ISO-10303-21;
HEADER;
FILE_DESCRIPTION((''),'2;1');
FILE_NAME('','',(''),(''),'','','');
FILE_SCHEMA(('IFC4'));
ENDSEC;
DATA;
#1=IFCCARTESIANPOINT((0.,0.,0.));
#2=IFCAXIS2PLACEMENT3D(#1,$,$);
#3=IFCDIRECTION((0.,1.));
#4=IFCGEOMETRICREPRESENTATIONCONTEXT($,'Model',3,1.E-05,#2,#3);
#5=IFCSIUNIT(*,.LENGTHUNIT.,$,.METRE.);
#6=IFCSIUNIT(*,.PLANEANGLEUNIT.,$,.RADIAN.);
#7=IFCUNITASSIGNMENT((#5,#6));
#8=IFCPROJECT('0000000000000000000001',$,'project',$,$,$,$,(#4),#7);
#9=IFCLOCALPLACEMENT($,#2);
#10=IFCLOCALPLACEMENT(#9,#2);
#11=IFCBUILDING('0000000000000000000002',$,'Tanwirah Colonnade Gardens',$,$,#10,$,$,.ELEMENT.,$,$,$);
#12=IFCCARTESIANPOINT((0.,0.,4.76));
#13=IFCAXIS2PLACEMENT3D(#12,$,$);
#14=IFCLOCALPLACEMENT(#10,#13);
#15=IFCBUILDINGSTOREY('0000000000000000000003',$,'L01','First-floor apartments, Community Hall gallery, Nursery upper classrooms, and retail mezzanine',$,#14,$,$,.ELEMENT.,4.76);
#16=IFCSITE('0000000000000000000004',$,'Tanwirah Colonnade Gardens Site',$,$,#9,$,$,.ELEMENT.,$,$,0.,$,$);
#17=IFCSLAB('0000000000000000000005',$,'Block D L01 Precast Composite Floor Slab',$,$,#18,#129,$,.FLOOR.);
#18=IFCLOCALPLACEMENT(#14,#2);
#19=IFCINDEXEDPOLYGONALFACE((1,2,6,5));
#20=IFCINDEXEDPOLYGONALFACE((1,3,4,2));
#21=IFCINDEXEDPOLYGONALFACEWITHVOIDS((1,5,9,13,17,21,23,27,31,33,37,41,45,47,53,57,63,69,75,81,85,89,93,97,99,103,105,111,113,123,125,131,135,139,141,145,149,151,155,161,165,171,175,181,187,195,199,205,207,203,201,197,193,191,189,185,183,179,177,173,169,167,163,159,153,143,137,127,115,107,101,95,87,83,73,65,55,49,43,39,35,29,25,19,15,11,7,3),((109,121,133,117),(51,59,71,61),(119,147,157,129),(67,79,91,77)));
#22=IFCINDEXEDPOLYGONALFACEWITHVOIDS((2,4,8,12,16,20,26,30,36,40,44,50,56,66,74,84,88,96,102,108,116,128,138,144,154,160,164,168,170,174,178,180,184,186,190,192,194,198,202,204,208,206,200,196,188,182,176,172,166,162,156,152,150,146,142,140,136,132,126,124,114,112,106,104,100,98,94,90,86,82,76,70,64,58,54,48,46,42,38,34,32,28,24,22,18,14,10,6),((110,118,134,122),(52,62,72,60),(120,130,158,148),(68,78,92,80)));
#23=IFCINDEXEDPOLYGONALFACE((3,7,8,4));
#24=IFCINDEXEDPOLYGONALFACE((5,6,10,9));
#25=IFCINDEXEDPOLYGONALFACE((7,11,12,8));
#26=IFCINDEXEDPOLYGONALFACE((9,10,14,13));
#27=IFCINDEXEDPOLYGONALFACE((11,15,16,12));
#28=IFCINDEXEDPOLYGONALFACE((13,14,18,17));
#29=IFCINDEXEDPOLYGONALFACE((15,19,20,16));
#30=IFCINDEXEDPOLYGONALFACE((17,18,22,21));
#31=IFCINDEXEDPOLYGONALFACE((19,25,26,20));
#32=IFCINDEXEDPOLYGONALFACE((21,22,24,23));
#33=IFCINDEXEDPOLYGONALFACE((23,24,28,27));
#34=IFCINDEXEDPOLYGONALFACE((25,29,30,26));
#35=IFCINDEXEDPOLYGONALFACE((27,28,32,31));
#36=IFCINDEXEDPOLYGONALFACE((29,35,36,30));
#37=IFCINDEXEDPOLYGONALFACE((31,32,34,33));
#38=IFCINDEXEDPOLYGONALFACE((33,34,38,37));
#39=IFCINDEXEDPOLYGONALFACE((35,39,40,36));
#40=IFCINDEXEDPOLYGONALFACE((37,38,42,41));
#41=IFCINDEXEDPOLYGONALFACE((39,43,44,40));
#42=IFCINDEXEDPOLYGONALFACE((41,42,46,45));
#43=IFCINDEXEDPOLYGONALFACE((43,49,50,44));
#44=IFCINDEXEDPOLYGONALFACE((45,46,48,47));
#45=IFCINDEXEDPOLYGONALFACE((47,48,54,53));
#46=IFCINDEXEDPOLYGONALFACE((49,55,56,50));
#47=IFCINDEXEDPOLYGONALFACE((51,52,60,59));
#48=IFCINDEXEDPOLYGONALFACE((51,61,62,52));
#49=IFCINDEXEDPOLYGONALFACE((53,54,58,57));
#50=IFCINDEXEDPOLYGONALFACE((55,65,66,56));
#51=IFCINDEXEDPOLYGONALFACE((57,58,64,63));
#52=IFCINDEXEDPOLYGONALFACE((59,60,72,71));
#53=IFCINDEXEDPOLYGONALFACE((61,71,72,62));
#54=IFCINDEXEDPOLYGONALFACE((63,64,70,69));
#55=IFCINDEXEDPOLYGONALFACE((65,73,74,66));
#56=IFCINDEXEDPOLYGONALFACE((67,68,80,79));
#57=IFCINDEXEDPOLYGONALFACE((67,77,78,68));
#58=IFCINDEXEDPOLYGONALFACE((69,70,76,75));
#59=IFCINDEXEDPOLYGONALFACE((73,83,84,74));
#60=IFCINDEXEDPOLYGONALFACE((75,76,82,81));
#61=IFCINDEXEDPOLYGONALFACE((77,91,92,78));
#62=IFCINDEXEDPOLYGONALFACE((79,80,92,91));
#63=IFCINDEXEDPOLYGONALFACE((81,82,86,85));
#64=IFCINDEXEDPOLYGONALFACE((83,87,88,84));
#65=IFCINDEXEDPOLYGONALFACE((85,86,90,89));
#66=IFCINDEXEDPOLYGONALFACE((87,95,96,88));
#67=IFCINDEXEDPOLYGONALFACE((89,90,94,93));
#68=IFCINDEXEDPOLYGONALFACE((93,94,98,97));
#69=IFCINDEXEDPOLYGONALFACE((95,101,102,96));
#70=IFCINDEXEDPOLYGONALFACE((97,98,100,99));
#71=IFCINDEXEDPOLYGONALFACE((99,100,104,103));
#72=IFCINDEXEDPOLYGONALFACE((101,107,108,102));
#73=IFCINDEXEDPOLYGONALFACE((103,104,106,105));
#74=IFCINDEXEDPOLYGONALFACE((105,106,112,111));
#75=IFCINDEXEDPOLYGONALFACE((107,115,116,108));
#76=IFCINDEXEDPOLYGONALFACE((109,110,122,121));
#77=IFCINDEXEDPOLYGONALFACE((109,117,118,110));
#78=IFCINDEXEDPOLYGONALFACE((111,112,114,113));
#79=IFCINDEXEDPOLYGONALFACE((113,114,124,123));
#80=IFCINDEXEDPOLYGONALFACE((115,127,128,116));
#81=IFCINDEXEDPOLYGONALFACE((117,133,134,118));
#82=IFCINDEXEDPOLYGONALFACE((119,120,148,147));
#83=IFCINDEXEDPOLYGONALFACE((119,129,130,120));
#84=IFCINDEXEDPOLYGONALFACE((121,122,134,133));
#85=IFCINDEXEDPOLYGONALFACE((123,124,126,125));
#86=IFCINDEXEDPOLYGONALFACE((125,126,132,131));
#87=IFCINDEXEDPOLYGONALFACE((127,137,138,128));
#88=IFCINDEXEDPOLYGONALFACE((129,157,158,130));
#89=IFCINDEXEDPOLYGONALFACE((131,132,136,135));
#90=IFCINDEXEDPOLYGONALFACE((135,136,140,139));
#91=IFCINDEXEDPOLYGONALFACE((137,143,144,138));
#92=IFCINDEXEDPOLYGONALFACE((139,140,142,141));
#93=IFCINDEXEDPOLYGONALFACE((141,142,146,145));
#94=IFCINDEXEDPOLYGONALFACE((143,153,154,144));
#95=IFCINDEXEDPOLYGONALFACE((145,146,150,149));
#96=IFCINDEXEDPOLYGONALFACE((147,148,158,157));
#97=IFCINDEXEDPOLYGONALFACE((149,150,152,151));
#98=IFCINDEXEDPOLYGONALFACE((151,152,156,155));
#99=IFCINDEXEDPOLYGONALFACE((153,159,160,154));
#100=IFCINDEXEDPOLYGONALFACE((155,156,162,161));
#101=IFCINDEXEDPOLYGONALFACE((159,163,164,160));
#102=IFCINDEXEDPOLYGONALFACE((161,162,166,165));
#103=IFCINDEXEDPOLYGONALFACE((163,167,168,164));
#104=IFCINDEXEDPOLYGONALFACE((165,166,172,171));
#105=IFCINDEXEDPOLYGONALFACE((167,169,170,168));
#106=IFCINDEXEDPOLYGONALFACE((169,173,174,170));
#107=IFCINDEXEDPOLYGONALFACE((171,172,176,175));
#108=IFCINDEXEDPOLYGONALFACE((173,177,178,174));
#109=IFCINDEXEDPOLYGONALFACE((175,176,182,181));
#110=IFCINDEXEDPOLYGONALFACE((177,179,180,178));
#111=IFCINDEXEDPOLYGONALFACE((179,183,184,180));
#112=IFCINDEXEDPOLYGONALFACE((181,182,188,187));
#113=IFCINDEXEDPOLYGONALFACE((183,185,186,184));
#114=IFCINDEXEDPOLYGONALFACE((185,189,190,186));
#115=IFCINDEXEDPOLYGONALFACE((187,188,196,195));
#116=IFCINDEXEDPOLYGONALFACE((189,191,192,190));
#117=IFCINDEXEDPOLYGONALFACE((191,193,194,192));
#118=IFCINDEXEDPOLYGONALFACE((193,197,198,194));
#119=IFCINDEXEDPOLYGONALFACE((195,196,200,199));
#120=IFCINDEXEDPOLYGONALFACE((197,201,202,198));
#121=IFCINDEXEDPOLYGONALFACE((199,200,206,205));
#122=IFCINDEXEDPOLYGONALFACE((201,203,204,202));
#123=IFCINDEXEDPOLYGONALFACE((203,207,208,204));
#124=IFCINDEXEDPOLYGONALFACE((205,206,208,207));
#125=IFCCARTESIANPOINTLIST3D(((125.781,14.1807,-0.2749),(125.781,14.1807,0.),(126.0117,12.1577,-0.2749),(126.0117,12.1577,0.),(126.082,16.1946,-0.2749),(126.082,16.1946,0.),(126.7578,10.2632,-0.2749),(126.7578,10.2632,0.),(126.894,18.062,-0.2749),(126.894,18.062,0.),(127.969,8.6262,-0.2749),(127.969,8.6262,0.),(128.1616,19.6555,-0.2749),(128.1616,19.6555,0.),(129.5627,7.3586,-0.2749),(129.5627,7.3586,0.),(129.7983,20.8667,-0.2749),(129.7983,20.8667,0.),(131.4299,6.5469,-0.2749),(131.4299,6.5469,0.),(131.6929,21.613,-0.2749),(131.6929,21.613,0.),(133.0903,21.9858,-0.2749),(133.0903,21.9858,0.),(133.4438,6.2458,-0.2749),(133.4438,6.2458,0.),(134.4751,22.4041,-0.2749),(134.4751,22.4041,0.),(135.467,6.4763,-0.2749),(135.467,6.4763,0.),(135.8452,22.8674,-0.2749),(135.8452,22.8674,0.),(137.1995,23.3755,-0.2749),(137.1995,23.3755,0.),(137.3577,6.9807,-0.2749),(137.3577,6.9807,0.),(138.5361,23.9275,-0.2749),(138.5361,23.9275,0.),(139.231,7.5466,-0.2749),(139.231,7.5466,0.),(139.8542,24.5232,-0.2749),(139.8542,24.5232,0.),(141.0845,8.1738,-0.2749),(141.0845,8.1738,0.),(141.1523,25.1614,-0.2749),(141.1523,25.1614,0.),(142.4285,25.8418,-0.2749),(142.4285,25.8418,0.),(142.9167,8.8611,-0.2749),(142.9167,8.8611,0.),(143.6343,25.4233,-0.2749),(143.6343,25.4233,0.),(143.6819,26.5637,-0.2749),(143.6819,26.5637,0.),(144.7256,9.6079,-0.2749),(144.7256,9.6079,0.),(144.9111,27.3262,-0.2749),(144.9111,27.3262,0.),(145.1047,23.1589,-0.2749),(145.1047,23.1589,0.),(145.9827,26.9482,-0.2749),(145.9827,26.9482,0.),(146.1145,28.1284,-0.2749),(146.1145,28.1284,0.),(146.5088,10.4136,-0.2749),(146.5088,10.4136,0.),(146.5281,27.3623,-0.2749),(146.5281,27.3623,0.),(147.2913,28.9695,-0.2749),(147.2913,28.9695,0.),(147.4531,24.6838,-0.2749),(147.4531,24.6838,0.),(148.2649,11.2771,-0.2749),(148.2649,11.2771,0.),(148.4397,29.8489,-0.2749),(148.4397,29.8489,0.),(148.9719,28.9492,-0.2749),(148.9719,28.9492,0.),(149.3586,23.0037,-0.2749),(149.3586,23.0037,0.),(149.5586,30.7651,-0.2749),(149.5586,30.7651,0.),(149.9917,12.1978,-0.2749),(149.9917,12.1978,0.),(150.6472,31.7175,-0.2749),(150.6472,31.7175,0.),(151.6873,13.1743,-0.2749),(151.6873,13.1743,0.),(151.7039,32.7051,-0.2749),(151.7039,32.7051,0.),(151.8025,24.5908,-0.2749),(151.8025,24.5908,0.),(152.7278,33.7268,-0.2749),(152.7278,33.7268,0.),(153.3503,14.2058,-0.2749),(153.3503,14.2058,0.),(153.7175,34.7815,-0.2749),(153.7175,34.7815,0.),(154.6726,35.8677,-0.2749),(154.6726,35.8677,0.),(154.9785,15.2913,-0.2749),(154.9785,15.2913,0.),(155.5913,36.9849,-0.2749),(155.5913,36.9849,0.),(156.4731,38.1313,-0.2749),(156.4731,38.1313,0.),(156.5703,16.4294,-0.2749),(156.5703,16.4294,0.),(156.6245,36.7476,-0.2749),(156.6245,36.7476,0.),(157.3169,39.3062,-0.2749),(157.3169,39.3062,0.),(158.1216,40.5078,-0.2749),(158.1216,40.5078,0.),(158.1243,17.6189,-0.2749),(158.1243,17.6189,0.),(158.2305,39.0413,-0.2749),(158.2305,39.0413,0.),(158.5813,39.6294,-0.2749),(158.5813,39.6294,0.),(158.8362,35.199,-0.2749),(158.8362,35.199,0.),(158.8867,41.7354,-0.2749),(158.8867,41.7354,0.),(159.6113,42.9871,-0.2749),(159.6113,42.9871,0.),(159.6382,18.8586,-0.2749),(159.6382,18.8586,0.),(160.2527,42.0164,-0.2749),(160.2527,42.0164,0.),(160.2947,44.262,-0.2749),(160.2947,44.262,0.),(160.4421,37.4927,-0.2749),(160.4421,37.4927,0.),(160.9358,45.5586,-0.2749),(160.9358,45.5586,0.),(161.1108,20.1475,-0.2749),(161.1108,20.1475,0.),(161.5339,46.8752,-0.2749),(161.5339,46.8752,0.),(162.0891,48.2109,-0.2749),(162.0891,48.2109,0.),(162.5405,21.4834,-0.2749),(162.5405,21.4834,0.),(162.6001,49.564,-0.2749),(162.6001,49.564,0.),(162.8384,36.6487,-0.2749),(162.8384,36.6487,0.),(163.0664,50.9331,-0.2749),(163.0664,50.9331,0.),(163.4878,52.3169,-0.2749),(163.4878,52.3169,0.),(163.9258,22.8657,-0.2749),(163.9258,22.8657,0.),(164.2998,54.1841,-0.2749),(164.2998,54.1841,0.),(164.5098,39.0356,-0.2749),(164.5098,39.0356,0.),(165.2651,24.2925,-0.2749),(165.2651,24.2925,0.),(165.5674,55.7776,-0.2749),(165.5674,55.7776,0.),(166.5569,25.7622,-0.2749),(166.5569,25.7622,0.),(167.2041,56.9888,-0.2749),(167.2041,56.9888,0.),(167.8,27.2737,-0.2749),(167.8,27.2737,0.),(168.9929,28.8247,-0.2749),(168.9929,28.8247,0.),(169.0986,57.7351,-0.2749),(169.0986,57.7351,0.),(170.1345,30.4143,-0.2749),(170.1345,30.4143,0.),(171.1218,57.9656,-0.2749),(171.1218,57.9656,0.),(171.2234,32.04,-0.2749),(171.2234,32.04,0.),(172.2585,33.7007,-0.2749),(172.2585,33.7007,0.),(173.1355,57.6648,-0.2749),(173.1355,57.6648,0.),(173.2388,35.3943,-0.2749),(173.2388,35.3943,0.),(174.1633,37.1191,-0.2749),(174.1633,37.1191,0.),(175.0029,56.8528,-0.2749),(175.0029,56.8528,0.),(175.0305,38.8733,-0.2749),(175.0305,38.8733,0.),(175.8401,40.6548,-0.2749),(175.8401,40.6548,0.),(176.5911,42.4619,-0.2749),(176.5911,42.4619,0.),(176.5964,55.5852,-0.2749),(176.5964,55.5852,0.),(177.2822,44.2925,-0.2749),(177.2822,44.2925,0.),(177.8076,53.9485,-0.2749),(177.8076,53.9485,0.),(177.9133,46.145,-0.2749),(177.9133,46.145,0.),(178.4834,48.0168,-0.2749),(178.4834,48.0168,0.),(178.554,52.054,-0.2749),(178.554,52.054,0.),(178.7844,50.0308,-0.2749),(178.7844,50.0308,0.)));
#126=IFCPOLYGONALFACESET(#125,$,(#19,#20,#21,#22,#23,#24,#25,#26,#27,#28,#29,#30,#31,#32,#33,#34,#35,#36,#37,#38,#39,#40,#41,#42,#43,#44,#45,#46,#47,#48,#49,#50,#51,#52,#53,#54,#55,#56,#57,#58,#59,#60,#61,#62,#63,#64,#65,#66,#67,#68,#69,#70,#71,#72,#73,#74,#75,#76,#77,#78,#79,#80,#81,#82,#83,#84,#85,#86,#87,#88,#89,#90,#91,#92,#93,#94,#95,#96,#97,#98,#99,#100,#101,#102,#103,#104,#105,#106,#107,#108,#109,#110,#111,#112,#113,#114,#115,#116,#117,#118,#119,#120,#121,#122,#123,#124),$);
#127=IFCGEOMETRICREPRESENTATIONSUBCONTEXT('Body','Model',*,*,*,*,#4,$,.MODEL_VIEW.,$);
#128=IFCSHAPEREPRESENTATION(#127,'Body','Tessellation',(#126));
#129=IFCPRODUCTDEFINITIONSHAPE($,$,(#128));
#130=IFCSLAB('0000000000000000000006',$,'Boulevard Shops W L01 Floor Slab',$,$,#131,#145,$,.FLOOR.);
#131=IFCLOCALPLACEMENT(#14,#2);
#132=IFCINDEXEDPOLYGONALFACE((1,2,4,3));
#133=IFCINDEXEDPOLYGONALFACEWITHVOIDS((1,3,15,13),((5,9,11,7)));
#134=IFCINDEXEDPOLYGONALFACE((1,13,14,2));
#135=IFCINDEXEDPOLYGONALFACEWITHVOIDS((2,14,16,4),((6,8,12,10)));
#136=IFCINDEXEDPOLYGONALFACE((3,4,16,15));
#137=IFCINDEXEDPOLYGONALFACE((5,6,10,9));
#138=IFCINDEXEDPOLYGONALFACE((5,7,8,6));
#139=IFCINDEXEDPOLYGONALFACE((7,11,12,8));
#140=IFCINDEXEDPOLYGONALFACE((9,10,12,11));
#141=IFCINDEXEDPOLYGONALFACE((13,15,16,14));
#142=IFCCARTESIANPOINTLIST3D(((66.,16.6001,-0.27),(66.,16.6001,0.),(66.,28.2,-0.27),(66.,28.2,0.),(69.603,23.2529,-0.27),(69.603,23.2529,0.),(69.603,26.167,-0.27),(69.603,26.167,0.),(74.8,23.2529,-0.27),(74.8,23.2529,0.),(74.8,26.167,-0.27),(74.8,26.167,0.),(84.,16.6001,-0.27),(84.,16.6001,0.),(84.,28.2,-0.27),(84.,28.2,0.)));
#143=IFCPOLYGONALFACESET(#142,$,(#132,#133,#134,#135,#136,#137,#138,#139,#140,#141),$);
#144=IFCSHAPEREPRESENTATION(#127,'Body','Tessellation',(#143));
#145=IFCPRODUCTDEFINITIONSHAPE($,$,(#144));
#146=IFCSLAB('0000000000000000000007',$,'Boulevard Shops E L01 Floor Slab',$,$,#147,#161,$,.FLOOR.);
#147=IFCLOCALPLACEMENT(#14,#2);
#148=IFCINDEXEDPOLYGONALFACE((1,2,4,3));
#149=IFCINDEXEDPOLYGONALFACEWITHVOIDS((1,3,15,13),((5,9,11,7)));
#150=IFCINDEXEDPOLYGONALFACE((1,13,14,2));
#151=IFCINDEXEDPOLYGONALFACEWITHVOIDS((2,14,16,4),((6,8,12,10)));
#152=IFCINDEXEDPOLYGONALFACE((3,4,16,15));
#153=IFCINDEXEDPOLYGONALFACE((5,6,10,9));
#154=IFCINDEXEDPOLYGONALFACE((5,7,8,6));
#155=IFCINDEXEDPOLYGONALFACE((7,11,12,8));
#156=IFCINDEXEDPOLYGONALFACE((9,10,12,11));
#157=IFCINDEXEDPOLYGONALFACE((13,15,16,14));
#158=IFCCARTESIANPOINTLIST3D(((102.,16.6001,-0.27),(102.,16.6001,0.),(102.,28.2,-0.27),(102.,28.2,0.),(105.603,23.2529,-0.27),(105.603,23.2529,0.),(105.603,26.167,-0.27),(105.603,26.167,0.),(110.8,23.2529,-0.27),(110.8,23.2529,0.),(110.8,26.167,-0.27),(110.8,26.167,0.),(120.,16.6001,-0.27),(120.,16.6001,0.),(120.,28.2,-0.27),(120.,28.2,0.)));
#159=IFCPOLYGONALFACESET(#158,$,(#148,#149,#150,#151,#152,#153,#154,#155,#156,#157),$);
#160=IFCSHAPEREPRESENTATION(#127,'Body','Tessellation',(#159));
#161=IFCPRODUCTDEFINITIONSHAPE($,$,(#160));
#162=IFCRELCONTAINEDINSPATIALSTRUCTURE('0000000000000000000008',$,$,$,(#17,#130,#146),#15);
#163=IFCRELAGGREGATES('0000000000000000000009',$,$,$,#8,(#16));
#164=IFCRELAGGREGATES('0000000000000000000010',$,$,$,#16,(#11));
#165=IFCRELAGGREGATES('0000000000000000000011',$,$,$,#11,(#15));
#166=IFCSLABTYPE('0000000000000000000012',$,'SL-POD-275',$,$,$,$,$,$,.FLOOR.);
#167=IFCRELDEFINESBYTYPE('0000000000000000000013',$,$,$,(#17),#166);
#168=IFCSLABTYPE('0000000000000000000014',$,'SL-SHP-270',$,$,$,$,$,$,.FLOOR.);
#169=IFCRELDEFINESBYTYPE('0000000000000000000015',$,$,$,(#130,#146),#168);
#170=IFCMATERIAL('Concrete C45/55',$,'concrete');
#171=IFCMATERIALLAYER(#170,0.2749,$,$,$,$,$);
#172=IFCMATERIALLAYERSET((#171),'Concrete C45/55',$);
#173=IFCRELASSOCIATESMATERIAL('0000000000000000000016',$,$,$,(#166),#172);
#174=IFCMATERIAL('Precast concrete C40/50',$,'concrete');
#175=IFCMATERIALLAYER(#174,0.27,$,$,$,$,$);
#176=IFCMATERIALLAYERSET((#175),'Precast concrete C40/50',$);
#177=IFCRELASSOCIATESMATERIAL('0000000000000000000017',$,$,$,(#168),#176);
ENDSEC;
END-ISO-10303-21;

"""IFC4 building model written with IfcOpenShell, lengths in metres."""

from ifc_helpers import new_model, si_unit, direction, frame, origin, place, context, subcontext, project, spatial, polyline, outline, extrude, material, layer, layer_set, type_object, element, save


model = new_model("IFC4")

# Units and contexts
model_context = context("Model", 3, precision=1e-05, world=origin(), true_north=direction((0.0, 1.0)))
body_context = subcontext(model_context, "Body", "Model", "MODEL_VIEW")
ifc_project = project(units=[si_unit("LENGTHUNIT", "METRE"), si_unit("PLANEANGLEUNIT", "RADIAN")], contexts=[model_context])

# Site, building, storey
site_placement = place(None, origin())
site = spatial("IfcSite", under=ifc_project, at=site_placement, Name="Tanwirah Colonnade Gardens Site", CompositionType="ELEMENT", RefElevation=0.0)
building_placement = place(site_placement, origin())
building = spatial("IfcBuilding", under=site, at=building_placement, Name="Tanwirah Colonnade Gardens", CompositionType="ELEMENT")
storey_placement = place(building_placement, frame((0.0, 0.0, 4.76)))
storey = spatial("IfcBuildingStorey", under=building, at=storey_placement, Name="L01", Description="First-floor apartments, Community Hall gallery, Nursery upper classrooms, and retail mezzanine", CompositionType="ELEMENT", Elevation=4.76)

# Shared definitions
ifc_material_1 = material(Name="Precast concrete C40/50", Category="concrete")
ifc_material_2 = material(Name="Concrete C45/55", Category="concrete")

# Slabs
ifc_layer_1 = layer(ifc_material_2, 0.2749)
ifc_layer_set_1 = layer_set([ifc_layer_1], Name="Concrete C45/55")
slab_type_1 = type_object("IfcSlabType", Name="SL-POD-275", PredefinedType="FLOOR", material=ifc_layer_set_1)
slab_1_placement = place(storey_placement, frame((0.0, 0.0, -0.2749)))
element("IfcSlab", 1, at=slab_1_placement, inside=storey, type_object=slab_type_1, Name="Block D L01 Precast Composite Floor Slab", PredefinedType="FLOOR", context=body_context, shape_type="SweptSolid", body=[
    extrude(outline(polyline([(134.4751, 22.4041), (133.0903, 21.9858), (131.6929, 21.613), (129.7983, 20.8667), (128.1616, 19.6555), (126.894, 18.062), (126.082, 16.1946), (125.781, 14.1807), (126.0117, 12.1577), (126.7578, 10.2632), (127.969, 8.6262), (129.5627, 7.3586), (131.4299, 6.5469), (133.4438, 6.2458), (135.467, 6.4763), (137.3577, 6.9807), (139.231, 7.5466), (141.0845, 8.1738), (142.9167, 8.8611), (144.7256, 9.6079), (146.5088, 10.4136), (148.2649, 11.2771), (149.9917, 12.1978), (151.6873, 13.1743), (153.3503, 14.2058), (154.9785, 15.2913), (156.5703, 16.4294), (158.1243, 17.6189), (159.6382, 18.8586), (161.1108, 20.1475), (162.5405, 21.4834), (163.9258, 22.8657), (165.2651, 24.2925), (166.5569, 25.7622), (167.8, 27.2737), (168.9929, 28.8247), (170.1345, 30.4143), (171.2234, 32.04), (172.2585, 33.7007), (173.2388, 35.3943), (174.1633, 37.1191), (175.0305, 38.8733), (175.8401, 40.6548), (176.5911, 42.4619), (177.2822, 44.2925), (177.9133, 46.145), (178.4834, 48.0168), (178.7844, 50.0308), (178.554, 52.054), (177.8076, 53.9485), (176.5964, 55.5852), (175.0029, 56.8528), (173.1355, 57.6648), (171.1218, 57.9656), (169.0986, 57.7351), (167.2041, 56.9888), (165.5674, 55.7776), (164.2998, 54.1841), (163.4878, 52.3169), (163.0664, 50.9331), (162.6001, 49.564), (162.0891, 48.2109), (161.5339, 46.8752), (160.9358, 45.5586), (160.2947, 44.262), (159.6113, 42.9871), (158.8867, 41.7354), (158.1216, 40.5078), (157.3169, 39.3062), (156.4731, 38.1313), (155.5913, 36.9849), (154.6726, 35.8677), (153.7175, 34.7815), (152.7278, 33.7268), (151.7039, 32.7051), (150.6472, 31.7175), (149.5586, 30.7651), (148.4397, 29.8489), (147.2913, 28.9695), (146.1145, 28.1284), (144.9111, 27.3262), (143.6819, 26.5637), (142.4285, 25.8418), (141.1523, 25.1614), (139.8542, 24.5232), (138.5361, 23.9275), (137.1995, 23.3755), (135.8452, 22.8674), (134.4751, 22.4041)]), holes=[polyline([(149.3586, 23.0037), (146.5281, 27.3623), (148.9719, 28.9492), (151.8025, 24.5908), (149.3586, 23.0037)]), polyline([(143.6343, 25.4233), (145.9827, 26.9482), (147.4531, 24.6838), (145.1047, 23.1589), (143.6343, 25.4233)]), polyline([(160.2527, 42.0164), (164.5098, 39.0356), (162.8384, 36.6487), (158.5813, 39.6294), (160.2527, 42.0164)]), polyline([(160.4421, 37.4927), (158.8362, 35.199), (156.6245, 36.7476), (158.2305, 39.0413), (160.4421, 37.4927)])]), origin(), (0.0, 0.0, 1.0), 0.2749),
])
ifc_layer_2 = layer(ifc_material_1, 0.27)
ifc_layer_set_2 = layer_set([ifc_layer_2], Name="Precast concrete C40/50")
slab_type_2 = type_object("IfcSlabType", Name="SL-SHP-270", PredefinedType="FLOOR", material=ifc_layer_set_2)
slab_2_placement = place(storey_placement, frame((0.0, 0.0, -0.27)))
element("IfcSlab", 2, at=slab_2_placement, inside=storey, type_object=slab_type_2, Name="Boulevard Shops W L01 Floor Slab", PredefinedType="FLOOR", context=body_context, shape_type="SweptSolid", body=[
    extrude(outline(polyline([(84.0, 16.6001), (84.0, 28.2), (66.0, 28.2), (66.0, 16.6001), (84.0, 16.6001)]), holes=[polyline([(69.603, 23.2529), (69.603, 26.167), (74.8, 26.167), (74.8, 23.2529), (69.603, 23.2529)])]), origin(), (0.0, 0.0, 1.0), 0.27),
])
slab_3_placement = place(storey_placement, frame((0.0, 0.0, -0.27)))
element("IfcSlab", 3, at=slab_3_placement, inside=storey, type_object=slab_type_2, Name="Boulevard Shops E L01 Floor Slab", PredefinedType="FLOOR", context=body_context, shape_type="SweptSolid", body=[
    extrude(outline(polyline([(120.0, 16.6001), (120.0, 28.2), (102.0, 28.2), (102.0, 16.6001), (120.0, 16.6001)]), holes=[polyline([(105.603, 23.2529), (105.603, 26.167), (110.8, 26.167), (110.8, 23.2529), (105.603, 23.2529)])]), origin(), (0.0, 0.0, 1.0), 0.27),
])

save(model, "model.ifc")
